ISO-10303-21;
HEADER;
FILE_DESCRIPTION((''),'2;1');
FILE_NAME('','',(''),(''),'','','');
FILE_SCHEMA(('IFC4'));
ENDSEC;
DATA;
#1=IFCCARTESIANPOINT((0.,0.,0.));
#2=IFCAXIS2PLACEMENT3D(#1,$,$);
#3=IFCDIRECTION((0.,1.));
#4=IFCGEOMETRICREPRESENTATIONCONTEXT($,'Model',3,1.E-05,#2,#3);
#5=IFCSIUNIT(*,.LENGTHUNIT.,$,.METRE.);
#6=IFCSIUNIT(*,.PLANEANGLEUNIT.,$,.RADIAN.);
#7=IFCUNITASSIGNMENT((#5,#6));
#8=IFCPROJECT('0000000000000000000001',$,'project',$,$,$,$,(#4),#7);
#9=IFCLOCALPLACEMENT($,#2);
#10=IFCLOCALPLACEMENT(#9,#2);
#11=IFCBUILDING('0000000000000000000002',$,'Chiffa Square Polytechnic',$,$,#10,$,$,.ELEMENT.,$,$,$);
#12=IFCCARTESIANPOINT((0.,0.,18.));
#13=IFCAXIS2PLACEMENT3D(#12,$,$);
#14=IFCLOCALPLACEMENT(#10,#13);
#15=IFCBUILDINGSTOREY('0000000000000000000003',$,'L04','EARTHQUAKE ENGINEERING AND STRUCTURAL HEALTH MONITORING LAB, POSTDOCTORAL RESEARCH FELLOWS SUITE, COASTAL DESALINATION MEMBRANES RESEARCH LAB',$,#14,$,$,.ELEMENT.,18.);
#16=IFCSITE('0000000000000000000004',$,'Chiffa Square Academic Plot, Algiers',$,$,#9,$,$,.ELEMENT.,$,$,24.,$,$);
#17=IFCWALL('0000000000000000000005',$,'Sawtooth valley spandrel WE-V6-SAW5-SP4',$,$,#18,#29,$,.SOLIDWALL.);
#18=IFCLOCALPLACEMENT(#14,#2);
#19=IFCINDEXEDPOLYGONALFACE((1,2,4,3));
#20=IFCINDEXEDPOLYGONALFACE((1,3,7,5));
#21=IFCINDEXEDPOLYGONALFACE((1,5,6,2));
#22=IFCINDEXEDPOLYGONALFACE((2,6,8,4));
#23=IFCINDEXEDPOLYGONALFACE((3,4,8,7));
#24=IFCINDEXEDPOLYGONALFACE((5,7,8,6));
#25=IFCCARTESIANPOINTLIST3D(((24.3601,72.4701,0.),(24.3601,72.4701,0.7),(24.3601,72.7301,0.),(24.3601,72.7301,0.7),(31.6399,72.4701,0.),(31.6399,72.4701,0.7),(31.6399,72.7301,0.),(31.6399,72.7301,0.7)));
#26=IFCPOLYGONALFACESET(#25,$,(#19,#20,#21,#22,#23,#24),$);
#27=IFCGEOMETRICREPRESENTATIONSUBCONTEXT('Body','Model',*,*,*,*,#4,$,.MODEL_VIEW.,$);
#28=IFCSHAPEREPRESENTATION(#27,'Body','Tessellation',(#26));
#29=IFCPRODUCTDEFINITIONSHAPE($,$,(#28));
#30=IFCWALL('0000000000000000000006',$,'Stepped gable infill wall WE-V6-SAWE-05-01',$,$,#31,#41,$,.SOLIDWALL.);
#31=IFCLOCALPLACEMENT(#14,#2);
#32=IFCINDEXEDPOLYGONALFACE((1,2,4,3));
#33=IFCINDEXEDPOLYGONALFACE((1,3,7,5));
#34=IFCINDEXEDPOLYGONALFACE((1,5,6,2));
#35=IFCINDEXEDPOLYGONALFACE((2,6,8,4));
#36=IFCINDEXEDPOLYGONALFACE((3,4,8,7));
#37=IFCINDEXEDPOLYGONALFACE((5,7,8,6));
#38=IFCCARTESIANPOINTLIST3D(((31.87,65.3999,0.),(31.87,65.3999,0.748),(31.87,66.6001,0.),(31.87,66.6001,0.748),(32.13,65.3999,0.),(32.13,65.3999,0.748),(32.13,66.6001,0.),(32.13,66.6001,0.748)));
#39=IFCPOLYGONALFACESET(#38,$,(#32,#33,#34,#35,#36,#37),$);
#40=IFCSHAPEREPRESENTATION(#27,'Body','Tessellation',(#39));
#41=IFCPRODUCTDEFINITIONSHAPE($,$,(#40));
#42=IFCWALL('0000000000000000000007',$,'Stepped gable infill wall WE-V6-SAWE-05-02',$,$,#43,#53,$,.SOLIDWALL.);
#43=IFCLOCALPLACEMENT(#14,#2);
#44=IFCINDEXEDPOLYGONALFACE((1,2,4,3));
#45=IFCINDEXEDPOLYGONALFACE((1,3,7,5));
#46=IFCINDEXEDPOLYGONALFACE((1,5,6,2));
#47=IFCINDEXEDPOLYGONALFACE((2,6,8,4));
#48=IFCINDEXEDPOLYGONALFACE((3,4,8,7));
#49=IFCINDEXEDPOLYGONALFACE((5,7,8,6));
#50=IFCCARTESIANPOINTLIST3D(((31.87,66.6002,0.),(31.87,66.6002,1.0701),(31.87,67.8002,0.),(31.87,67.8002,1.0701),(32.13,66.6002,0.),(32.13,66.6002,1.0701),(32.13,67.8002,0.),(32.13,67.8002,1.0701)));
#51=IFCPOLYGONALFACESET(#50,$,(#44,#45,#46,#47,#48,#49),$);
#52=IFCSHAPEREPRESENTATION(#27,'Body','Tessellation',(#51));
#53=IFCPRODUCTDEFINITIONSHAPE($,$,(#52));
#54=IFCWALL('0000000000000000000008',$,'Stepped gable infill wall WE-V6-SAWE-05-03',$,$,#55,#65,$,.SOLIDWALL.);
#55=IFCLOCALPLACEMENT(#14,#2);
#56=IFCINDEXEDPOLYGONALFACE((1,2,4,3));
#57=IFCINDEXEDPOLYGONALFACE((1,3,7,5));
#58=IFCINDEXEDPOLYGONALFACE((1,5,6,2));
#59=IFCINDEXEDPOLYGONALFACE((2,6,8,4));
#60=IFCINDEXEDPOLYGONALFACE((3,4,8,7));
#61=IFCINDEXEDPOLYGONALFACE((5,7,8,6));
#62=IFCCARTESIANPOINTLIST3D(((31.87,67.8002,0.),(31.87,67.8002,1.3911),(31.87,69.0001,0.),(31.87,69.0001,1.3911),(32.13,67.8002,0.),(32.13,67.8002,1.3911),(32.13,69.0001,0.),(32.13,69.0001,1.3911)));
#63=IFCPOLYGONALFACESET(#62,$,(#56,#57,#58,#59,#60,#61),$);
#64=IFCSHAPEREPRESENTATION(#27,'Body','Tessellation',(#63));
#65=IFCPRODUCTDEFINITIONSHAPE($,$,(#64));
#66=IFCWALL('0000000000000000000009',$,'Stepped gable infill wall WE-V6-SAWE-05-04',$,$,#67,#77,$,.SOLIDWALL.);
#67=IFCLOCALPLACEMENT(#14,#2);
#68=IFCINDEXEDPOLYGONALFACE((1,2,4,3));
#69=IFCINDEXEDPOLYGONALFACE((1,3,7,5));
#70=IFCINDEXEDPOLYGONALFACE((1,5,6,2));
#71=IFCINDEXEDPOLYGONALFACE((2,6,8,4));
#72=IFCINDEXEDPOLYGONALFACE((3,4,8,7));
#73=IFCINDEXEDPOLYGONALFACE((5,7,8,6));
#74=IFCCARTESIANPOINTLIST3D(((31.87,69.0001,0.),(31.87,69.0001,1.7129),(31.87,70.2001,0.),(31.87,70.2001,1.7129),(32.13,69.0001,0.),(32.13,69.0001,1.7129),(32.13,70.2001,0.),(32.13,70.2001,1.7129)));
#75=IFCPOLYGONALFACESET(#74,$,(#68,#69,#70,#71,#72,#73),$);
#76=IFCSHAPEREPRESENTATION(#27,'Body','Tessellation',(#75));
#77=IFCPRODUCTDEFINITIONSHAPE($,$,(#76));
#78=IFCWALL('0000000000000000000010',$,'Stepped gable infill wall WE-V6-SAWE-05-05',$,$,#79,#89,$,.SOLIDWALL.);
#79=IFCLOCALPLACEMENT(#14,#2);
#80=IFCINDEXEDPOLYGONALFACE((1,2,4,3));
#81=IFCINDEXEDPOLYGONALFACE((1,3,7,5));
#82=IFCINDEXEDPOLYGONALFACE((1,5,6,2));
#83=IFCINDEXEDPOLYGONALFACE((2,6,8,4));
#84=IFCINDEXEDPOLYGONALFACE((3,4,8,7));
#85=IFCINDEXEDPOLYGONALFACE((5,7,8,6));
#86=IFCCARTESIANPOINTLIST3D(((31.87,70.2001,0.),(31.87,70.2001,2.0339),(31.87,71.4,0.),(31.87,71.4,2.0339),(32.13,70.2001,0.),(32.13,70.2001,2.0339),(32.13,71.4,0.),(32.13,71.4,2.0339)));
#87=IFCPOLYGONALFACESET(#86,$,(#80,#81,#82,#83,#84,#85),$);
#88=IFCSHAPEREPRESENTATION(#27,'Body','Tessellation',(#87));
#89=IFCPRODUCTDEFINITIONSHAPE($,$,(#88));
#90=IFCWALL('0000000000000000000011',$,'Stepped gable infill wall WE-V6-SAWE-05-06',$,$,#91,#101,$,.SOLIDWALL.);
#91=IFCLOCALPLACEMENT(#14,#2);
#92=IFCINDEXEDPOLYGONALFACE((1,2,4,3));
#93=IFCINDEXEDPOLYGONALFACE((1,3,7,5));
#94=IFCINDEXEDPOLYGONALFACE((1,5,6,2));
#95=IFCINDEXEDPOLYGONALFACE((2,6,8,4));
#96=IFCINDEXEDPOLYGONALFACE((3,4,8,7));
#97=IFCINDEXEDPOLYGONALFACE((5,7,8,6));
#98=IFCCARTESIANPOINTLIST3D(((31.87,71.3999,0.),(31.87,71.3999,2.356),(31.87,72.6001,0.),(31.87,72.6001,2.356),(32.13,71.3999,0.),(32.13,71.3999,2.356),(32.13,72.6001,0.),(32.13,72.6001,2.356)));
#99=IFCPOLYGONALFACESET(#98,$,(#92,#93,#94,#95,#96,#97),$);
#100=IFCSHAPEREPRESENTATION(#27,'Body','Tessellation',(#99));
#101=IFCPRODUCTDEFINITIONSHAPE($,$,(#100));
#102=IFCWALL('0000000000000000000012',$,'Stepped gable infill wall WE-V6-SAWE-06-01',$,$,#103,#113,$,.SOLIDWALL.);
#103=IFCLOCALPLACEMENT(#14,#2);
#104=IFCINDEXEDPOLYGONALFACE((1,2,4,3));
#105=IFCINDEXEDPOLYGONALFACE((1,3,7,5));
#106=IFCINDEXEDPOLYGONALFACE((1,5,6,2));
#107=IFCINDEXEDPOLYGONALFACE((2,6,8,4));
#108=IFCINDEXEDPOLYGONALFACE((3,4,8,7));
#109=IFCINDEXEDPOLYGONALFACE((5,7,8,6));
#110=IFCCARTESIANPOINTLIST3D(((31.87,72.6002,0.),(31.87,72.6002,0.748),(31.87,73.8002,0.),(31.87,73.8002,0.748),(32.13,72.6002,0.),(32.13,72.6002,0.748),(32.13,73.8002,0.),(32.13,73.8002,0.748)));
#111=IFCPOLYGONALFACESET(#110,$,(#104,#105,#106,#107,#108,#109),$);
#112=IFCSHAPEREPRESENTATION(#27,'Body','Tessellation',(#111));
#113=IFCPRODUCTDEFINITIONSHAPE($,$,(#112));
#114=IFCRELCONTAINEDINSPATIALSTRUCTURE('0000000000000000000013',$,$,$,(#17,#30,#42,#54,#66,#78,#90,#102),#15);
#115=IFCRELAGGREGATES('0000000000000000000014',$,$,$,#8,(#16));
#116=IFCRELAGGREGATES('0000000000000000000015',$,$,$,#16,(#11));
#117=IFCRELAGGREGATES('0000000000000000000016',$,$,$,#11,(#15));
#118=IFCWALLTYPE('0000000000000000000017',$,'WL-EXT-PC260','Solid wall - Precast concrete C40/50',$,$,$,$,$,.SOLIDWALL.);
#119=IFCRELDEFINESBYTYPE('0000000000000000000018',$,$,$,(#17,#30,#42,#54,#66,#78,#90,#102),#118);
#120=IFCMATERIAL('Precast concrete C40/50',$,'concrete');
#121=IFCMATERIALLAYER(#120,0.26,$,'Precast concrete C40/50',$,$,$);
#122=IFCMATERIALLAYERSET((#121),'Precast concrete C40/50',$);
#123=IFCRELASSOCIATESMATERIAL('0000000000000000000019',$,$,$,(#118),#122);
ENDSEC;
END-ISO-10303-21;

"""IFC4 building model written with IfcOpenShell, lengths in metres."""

from ifc_helpers import new_model, si_unit, direction, frame, frame_2d, origin, place, context, subcontext, project, spatial, rectangle, extrude, material, layer, layer_set, type_object, element, save


model = new_model("IFC4")

# Units and contexts
model_context = context("Model", 3, precision=1e-05, world=origin(), true_north=direction((0.0, 1.0)))
body_context = subcontext(model_context, "Body", "Model", "MODEL_VIEW")
ifc_project = project(units=[si_unit("LENGTHUNIT", "METRE"), si_unit("PLANEANGLEUNIT", "RADIAN")], contexts=[model_context])

# Site, building, storey
site_placement = place(None, origin())
site = spatial("IfcSite", under=ifc_project, at=site_placement, Name="Chiffa Square Academic Plot, Algiers", CompositionType="ELEMENT", RefElevation=24.0)
building_placement = place(site_placement, origin())
building = spatial("IfcBuilding", under=site, at=building_placement, Name="Chiffa Square Polytechnic", CompositionType="ELEMENT")
storey_placement = place(building_placement, frame((0.0, 0.0, 18.0)))
storey = spatial("IfcBuildingStorey", under=building, at=storey_placement, Name="L04", Description="EARTHQUAKE ENGINEERING AND STRUCTURAL HEALTH MONITORING LAB, POSTDOCTORAL RESEARCH FELLOWS SUITE, COASTAL DESALINATION MEMBRANES RESEARCH LAB", CompositionType="ELEMENT", Elevation=18.0)

# Walls
ifc_material_1 = material(Name="Precast concrete C40/50", Category="concrete")
ifc_layer_1 = layer(ifc_material_1, 0.26, Name="Precast concrete C40/50")
ifc_layer_set_1 = layer_set([ifc_layer_1], Name="Precast concrete C40/50")
wall_type = type_object("IfcWallType", Name="WL-EXT-PC260", Description="Solid wall - Precast concrete C40/50", PredefinedType="SOLIDWALL", material=ifc_layer_set_1)
wall_1_placement = place(storey_placement, frame((24.3601, 72.6001, 0.0), z_axis=(0.0, 0.0, 1.0), x_axis=(1.0, 0.0, 0.0)))
element("IfcWall", 1, at=wall_1_placement, inside=storey, type_object=wall_type, Name="Sawtooth valley spandrel WE-V6-SAW5-SP4", PredefinedType="SOLIDWALL", context=body_context, shape_type="SweptSolid", body=[
    extrude(rectangle(XDim=7.2798, YDim=0.26, at=frame_2d((3.6399, 0.0))), origin(), (0.0, 0.0, 1.0), 0.7),
])
wall_2_placement = place(storey_placement, frame((32.0, 65.3999, 0.0), z_axis=(0.0, 0.0, 1.0), x_axis=(0.0, 1.0, 0.0)))
element("IfcWall", 2, at=wall_2_placement, inside=storey, type_object=wall_type, Name="Stepped gable infill wall WE-V6-SAWE-05-01", PredefinedType="SOLIDWALL", context=body_context, shape_type="SweptSolid", body=[
    extrude(rectangle(XDim=1.2002, YDim=0.26, at=frame_2d((0.6001, 0.0))), origin(), (0.0, 0.0, 1.0), 0.748),
])
wall_3_placement = place(storey_placement, frame((32.0, 66.6001, 0.0), z_axis=(0.0, 0.0, 1.0), x_axis=(0.0, 1.0, 0.0)))
element("IfcWall", 3, at=wall_3_placement, inside=storey, type_object=wall_type, Name="Stepped gable infill wall WE-V6-SAWE-05-02", PredefinedType="SOLIDWALL", context=body_context, shape_type="SweptSolid", body=[
    extrude(rectangle(XDim=1.2, YDim=0.26, at=frame_2d((0.6001, 0.0))), origin(), (0.0, 0.0, 1.0), 1.0701),
])
wall_4_placement = place(storey_placement, frame((32.0, 67.8, 0.0), z_axis=(0.0, 0.0, 1.0), x_axis=(0.0, 1.0, 0.0)))
element("IfcWall", 4, at=wall_4_placement, inside=storey, type_object=wall_type, Name="Stepped gable infill wall WE-V6-SAWE-05-03", PredefinedType="SOLIDWALL", context=body_context, shape_type="SweptSolid", body=[
    extrude(rectangle(XDim=1.2, YDim=0.26, at=frame_2d((0.6001, 0.0))), origin(), (0.0, 0.0, 1.0), 1.3911),
])
wall_5_placement = place(storey_placement, frame((32.0, 69.0, 0.0), z_axis=(0.0, 0.0, 1.0), x_axis=(0.0, 1.0, 0.0)))
element("IfcWall", 5, at=wall_5_placement, inside=storey, type_object=wall_type, Name="Stepped gable infill wall WE-V6-SAWE-05-04", PredefinedType="SOLIDWALL", context=body_context, shape_type="SweptSolid", body=[
    extrude(rectangle(XDim=1.2, YDim=0.26, at=frame_2d((0.6001, 0.0))), origin(), (0.0, 0.0, 1.0), 1.7129),
])
wall_6_placement = place(storey_placement, frame((32.0, 70.2, 0.0), z_axis=(0.0, 0.0, 1.0), x_axis=(0.0, 1.0, 0.0)))
element("IfcWall", 6, at=wall_6_placement, inside=storey, type_object=wall_type, Name="Stepped gable infill wall WE-V6-SAWE-05-05", PredefinedType="SOLIDWALL", context=body_context, shape_type="SweptSolid", body=[
    extrude(rectangle(XDim=1.2, YDim=0.26, at=frame_2d((0.6001, 0.0))), origin(), (0.0, 0.0, 1.0), 2.0339),
])
wall_7_placement = place(storey_placement, frame((32.0, 71.3999, 0.0), z_axis=(0.0, 0.0, 1.0), x_axis=(0.0, 1.0, 0.0)))
element("IfcWall", 7, at=wall_7_placement, inside=storey, type_object=wall_type, Name="Stepped gable infill wall WE-V6-SAWE-05-06", PredefinedType="SOLIDWALL", context=body_context, shape_type="SweptSolid", body=[
    extrude(rectangle(XDim=1.2002, YDim=0.26, at=frame_2d((0.6001, 0.0))), origin(), (0.0, 0.0, 1.0), 2.356),
])
wall_8_placement = place(storey_placement, frame((32.0, 72.6001, 0.0), z_axis=(0.0, 0.0, 1.0), x_axis=(0.0, 1.0, 0.0)))
element("IfcWall", 8, at=wall_8_placement, inside=storey, type_object=wall_type, Name="Stepped gable infill wall WE-V6-SAWE-06-01", PredefinedType="SOLIDWALL", context=body_context, shape_type="SweptSolid", body=[
    extrude(rectangle(XDim=1.2, YDim=0.26, at=frame_2d((0.6001, 0.0))), origin(), (0.0, 0.0, 1.0), 0.748),
])

save(model, "model.ifc")
